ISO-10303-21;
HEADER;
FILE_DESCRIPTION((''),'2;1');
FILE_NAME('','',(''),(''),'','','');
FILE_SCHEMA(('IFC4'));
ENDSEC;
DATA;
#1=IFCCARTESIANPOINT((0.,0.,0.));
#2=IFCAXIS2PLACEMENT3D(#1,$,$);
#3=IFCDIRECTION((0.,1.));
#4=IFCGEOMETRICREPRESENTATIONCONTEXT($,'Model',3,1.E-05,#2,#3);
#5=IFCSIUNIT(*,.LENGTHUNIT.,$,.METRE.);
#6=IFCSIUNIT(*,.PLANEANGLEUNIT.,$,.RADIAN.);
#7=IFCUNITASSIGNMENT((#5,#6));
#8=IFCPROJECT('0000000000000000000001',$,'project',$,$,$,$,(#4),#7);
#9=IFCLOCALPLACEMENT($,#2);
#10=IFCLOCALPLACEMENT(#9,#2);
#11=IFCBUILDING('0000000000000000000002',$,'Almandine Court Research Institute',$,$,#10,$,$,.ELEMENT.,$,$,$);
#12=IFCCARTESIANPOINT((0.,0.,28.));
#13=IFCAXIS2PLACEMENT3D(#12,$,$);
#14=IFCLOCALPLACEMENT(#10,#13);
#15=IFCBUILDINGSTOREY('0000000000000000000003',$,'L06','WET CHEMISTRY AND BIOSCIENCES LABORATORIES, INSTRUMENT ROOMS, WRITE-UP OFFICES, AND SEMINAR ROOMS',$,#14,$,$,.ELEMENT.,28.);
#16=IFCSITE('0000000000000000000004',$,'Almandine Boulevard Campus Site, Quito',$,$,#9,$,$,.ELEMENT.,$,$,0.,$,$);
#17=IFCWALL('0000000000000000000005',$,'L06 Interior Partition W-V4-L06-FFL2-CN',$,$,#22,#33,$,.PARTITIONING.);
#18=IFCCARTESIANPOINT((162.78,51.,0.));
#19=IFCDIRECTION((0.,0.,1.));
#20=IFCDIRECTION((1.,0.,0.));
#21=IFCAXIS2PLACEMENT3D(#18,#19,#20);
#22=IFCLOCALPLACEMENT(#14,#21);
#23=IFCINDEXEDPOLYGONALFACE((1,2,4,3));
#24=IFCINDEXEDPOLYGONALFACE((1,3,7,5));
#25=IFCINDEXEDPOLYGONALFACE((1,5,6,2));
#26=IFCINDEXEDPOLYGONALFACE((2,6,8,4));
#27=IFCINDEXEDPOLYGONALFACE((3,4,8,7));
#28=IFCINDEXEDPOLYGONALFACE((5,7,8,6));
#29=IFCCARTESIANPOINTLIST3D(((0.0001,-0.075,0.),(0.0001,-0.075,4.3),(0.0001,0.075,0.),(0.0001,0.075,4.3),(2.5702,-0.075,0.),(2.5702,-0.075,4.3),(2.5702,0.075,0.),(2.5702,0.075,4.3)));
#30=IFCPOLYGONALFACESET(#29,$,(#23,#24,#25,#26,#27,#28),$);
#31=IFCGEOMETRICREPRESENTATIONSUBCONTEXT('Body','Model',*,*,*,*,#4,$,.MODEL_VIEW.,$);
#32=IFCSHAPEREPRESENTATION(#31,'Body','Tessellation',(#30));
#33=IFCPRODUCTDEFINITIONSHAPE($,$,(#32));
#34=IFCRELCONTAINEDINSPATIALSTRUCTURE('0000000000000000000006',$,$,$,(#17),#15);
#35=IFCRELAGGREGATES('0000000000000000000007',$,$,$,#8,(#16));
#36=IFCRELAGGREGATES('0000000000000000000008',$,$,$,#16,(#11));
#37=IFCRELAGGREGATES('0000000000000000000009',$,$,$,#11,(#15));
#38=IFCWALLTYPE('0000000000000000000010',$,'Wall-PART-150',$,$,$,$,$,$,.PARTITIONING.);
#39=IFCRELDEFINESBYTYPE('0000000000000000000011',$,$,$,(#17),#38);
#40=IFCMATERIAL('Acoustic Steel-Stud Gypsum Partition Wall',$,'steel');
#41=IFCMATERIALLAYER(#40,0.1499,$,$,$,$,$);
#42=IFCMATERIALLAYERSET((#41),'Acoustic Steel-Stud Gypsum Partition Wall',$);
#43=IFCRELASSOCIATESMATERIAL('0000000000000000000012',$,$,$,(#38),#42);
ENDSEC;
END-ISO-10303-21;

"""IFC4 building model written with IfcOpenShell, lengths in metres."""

from ifc_helpers import new_model, si_unit, direction, frame, frame_2d, origin, place, context, subcontext, project, spatial, rectangle, extrude, material, layer, layer_set, type_object, element, save


model = new_model("IFC4")

# Units and contexts
model_context = context("Model", 3, precision=1e-05, world=origin(), true_north=direction((0.0, 1.0)))
body_context = subcontext(model_context, "Body", "Model", "MODEL_VIEW")
ifc_project = project(units=[si_unit("LENGTHUNIT", "METRE"), si_unit("PLANEANGLEUNIT", "RADIAN")], contexts=[model_context])

# Site, building, storey
site_placement = place(None, origin())
site = spatial("IfcSite", under=ifc_project, at=site_placement, Name="Almandine Boulevard Campus Site, Quito", CompositionType="ELEMENT", RefElevation=0.0)
building_placement = place(site_placement, origin())
building = spatial("IfcBuilding", under=site, at=building_placement, Name="Almandine Court Research Institute", CompositionType="ELEMENT")
storey_placement = place(building_placement, frame((0.0, 0.0, 28.0)))
storey = spatial("IfcBuildingStorey", under=building, at=storey_placement, Name="L06", Description="WET CHEMISTRY AND BIOSCIENCES LABORATORIES, INSTRUMENT ROOMS, WRITE-UP OFFICES, AND SEMINAR ROOMS", CompositionType="ELEMENT", Elevation=28.0)

# Shared definitions
ifc_material_1 = material(Name="Acoustic Steel-Stud Gypsum Partition Wall", Category="steel")
ifc_layer_1 = layer(ifc_material_1, 0.1499)
ifc_layer_set_1 = layer_set([ifc_layer_1], Name="Acoustic Steel-Stud Gypsum Partition Wall")
wall_type_1 = type_object("IfcWallType", Name="Wall-PART-150", PredefinedType="PARTITIONING", material=ifc_layer_set_1)

# Wall
wall_1_placement = place(storey_placement, frame((162.78, 51.0, 0.0), z_axis=(0.0, 0.0, 1.0), x_axis=(1.0, 0.0, 0.0)))
element("IfcWall", 1, at=wall_1_placement, inside=storey, type_object=wall_type_1, Name="L06 Interior Partition W-V4-L06-FFL2-CN", PredefinedType="PARTITIONING", context=body_context, shape_type="SweptSolid", body=[
    extrude(rectangle(XDim=2.5701, YDim=0.1499, at=frame_2d((1.2852, 0.0))), origin(), (0.0, 0.0, 1.0), 4.3),
])

save(model, "model.ifc")
